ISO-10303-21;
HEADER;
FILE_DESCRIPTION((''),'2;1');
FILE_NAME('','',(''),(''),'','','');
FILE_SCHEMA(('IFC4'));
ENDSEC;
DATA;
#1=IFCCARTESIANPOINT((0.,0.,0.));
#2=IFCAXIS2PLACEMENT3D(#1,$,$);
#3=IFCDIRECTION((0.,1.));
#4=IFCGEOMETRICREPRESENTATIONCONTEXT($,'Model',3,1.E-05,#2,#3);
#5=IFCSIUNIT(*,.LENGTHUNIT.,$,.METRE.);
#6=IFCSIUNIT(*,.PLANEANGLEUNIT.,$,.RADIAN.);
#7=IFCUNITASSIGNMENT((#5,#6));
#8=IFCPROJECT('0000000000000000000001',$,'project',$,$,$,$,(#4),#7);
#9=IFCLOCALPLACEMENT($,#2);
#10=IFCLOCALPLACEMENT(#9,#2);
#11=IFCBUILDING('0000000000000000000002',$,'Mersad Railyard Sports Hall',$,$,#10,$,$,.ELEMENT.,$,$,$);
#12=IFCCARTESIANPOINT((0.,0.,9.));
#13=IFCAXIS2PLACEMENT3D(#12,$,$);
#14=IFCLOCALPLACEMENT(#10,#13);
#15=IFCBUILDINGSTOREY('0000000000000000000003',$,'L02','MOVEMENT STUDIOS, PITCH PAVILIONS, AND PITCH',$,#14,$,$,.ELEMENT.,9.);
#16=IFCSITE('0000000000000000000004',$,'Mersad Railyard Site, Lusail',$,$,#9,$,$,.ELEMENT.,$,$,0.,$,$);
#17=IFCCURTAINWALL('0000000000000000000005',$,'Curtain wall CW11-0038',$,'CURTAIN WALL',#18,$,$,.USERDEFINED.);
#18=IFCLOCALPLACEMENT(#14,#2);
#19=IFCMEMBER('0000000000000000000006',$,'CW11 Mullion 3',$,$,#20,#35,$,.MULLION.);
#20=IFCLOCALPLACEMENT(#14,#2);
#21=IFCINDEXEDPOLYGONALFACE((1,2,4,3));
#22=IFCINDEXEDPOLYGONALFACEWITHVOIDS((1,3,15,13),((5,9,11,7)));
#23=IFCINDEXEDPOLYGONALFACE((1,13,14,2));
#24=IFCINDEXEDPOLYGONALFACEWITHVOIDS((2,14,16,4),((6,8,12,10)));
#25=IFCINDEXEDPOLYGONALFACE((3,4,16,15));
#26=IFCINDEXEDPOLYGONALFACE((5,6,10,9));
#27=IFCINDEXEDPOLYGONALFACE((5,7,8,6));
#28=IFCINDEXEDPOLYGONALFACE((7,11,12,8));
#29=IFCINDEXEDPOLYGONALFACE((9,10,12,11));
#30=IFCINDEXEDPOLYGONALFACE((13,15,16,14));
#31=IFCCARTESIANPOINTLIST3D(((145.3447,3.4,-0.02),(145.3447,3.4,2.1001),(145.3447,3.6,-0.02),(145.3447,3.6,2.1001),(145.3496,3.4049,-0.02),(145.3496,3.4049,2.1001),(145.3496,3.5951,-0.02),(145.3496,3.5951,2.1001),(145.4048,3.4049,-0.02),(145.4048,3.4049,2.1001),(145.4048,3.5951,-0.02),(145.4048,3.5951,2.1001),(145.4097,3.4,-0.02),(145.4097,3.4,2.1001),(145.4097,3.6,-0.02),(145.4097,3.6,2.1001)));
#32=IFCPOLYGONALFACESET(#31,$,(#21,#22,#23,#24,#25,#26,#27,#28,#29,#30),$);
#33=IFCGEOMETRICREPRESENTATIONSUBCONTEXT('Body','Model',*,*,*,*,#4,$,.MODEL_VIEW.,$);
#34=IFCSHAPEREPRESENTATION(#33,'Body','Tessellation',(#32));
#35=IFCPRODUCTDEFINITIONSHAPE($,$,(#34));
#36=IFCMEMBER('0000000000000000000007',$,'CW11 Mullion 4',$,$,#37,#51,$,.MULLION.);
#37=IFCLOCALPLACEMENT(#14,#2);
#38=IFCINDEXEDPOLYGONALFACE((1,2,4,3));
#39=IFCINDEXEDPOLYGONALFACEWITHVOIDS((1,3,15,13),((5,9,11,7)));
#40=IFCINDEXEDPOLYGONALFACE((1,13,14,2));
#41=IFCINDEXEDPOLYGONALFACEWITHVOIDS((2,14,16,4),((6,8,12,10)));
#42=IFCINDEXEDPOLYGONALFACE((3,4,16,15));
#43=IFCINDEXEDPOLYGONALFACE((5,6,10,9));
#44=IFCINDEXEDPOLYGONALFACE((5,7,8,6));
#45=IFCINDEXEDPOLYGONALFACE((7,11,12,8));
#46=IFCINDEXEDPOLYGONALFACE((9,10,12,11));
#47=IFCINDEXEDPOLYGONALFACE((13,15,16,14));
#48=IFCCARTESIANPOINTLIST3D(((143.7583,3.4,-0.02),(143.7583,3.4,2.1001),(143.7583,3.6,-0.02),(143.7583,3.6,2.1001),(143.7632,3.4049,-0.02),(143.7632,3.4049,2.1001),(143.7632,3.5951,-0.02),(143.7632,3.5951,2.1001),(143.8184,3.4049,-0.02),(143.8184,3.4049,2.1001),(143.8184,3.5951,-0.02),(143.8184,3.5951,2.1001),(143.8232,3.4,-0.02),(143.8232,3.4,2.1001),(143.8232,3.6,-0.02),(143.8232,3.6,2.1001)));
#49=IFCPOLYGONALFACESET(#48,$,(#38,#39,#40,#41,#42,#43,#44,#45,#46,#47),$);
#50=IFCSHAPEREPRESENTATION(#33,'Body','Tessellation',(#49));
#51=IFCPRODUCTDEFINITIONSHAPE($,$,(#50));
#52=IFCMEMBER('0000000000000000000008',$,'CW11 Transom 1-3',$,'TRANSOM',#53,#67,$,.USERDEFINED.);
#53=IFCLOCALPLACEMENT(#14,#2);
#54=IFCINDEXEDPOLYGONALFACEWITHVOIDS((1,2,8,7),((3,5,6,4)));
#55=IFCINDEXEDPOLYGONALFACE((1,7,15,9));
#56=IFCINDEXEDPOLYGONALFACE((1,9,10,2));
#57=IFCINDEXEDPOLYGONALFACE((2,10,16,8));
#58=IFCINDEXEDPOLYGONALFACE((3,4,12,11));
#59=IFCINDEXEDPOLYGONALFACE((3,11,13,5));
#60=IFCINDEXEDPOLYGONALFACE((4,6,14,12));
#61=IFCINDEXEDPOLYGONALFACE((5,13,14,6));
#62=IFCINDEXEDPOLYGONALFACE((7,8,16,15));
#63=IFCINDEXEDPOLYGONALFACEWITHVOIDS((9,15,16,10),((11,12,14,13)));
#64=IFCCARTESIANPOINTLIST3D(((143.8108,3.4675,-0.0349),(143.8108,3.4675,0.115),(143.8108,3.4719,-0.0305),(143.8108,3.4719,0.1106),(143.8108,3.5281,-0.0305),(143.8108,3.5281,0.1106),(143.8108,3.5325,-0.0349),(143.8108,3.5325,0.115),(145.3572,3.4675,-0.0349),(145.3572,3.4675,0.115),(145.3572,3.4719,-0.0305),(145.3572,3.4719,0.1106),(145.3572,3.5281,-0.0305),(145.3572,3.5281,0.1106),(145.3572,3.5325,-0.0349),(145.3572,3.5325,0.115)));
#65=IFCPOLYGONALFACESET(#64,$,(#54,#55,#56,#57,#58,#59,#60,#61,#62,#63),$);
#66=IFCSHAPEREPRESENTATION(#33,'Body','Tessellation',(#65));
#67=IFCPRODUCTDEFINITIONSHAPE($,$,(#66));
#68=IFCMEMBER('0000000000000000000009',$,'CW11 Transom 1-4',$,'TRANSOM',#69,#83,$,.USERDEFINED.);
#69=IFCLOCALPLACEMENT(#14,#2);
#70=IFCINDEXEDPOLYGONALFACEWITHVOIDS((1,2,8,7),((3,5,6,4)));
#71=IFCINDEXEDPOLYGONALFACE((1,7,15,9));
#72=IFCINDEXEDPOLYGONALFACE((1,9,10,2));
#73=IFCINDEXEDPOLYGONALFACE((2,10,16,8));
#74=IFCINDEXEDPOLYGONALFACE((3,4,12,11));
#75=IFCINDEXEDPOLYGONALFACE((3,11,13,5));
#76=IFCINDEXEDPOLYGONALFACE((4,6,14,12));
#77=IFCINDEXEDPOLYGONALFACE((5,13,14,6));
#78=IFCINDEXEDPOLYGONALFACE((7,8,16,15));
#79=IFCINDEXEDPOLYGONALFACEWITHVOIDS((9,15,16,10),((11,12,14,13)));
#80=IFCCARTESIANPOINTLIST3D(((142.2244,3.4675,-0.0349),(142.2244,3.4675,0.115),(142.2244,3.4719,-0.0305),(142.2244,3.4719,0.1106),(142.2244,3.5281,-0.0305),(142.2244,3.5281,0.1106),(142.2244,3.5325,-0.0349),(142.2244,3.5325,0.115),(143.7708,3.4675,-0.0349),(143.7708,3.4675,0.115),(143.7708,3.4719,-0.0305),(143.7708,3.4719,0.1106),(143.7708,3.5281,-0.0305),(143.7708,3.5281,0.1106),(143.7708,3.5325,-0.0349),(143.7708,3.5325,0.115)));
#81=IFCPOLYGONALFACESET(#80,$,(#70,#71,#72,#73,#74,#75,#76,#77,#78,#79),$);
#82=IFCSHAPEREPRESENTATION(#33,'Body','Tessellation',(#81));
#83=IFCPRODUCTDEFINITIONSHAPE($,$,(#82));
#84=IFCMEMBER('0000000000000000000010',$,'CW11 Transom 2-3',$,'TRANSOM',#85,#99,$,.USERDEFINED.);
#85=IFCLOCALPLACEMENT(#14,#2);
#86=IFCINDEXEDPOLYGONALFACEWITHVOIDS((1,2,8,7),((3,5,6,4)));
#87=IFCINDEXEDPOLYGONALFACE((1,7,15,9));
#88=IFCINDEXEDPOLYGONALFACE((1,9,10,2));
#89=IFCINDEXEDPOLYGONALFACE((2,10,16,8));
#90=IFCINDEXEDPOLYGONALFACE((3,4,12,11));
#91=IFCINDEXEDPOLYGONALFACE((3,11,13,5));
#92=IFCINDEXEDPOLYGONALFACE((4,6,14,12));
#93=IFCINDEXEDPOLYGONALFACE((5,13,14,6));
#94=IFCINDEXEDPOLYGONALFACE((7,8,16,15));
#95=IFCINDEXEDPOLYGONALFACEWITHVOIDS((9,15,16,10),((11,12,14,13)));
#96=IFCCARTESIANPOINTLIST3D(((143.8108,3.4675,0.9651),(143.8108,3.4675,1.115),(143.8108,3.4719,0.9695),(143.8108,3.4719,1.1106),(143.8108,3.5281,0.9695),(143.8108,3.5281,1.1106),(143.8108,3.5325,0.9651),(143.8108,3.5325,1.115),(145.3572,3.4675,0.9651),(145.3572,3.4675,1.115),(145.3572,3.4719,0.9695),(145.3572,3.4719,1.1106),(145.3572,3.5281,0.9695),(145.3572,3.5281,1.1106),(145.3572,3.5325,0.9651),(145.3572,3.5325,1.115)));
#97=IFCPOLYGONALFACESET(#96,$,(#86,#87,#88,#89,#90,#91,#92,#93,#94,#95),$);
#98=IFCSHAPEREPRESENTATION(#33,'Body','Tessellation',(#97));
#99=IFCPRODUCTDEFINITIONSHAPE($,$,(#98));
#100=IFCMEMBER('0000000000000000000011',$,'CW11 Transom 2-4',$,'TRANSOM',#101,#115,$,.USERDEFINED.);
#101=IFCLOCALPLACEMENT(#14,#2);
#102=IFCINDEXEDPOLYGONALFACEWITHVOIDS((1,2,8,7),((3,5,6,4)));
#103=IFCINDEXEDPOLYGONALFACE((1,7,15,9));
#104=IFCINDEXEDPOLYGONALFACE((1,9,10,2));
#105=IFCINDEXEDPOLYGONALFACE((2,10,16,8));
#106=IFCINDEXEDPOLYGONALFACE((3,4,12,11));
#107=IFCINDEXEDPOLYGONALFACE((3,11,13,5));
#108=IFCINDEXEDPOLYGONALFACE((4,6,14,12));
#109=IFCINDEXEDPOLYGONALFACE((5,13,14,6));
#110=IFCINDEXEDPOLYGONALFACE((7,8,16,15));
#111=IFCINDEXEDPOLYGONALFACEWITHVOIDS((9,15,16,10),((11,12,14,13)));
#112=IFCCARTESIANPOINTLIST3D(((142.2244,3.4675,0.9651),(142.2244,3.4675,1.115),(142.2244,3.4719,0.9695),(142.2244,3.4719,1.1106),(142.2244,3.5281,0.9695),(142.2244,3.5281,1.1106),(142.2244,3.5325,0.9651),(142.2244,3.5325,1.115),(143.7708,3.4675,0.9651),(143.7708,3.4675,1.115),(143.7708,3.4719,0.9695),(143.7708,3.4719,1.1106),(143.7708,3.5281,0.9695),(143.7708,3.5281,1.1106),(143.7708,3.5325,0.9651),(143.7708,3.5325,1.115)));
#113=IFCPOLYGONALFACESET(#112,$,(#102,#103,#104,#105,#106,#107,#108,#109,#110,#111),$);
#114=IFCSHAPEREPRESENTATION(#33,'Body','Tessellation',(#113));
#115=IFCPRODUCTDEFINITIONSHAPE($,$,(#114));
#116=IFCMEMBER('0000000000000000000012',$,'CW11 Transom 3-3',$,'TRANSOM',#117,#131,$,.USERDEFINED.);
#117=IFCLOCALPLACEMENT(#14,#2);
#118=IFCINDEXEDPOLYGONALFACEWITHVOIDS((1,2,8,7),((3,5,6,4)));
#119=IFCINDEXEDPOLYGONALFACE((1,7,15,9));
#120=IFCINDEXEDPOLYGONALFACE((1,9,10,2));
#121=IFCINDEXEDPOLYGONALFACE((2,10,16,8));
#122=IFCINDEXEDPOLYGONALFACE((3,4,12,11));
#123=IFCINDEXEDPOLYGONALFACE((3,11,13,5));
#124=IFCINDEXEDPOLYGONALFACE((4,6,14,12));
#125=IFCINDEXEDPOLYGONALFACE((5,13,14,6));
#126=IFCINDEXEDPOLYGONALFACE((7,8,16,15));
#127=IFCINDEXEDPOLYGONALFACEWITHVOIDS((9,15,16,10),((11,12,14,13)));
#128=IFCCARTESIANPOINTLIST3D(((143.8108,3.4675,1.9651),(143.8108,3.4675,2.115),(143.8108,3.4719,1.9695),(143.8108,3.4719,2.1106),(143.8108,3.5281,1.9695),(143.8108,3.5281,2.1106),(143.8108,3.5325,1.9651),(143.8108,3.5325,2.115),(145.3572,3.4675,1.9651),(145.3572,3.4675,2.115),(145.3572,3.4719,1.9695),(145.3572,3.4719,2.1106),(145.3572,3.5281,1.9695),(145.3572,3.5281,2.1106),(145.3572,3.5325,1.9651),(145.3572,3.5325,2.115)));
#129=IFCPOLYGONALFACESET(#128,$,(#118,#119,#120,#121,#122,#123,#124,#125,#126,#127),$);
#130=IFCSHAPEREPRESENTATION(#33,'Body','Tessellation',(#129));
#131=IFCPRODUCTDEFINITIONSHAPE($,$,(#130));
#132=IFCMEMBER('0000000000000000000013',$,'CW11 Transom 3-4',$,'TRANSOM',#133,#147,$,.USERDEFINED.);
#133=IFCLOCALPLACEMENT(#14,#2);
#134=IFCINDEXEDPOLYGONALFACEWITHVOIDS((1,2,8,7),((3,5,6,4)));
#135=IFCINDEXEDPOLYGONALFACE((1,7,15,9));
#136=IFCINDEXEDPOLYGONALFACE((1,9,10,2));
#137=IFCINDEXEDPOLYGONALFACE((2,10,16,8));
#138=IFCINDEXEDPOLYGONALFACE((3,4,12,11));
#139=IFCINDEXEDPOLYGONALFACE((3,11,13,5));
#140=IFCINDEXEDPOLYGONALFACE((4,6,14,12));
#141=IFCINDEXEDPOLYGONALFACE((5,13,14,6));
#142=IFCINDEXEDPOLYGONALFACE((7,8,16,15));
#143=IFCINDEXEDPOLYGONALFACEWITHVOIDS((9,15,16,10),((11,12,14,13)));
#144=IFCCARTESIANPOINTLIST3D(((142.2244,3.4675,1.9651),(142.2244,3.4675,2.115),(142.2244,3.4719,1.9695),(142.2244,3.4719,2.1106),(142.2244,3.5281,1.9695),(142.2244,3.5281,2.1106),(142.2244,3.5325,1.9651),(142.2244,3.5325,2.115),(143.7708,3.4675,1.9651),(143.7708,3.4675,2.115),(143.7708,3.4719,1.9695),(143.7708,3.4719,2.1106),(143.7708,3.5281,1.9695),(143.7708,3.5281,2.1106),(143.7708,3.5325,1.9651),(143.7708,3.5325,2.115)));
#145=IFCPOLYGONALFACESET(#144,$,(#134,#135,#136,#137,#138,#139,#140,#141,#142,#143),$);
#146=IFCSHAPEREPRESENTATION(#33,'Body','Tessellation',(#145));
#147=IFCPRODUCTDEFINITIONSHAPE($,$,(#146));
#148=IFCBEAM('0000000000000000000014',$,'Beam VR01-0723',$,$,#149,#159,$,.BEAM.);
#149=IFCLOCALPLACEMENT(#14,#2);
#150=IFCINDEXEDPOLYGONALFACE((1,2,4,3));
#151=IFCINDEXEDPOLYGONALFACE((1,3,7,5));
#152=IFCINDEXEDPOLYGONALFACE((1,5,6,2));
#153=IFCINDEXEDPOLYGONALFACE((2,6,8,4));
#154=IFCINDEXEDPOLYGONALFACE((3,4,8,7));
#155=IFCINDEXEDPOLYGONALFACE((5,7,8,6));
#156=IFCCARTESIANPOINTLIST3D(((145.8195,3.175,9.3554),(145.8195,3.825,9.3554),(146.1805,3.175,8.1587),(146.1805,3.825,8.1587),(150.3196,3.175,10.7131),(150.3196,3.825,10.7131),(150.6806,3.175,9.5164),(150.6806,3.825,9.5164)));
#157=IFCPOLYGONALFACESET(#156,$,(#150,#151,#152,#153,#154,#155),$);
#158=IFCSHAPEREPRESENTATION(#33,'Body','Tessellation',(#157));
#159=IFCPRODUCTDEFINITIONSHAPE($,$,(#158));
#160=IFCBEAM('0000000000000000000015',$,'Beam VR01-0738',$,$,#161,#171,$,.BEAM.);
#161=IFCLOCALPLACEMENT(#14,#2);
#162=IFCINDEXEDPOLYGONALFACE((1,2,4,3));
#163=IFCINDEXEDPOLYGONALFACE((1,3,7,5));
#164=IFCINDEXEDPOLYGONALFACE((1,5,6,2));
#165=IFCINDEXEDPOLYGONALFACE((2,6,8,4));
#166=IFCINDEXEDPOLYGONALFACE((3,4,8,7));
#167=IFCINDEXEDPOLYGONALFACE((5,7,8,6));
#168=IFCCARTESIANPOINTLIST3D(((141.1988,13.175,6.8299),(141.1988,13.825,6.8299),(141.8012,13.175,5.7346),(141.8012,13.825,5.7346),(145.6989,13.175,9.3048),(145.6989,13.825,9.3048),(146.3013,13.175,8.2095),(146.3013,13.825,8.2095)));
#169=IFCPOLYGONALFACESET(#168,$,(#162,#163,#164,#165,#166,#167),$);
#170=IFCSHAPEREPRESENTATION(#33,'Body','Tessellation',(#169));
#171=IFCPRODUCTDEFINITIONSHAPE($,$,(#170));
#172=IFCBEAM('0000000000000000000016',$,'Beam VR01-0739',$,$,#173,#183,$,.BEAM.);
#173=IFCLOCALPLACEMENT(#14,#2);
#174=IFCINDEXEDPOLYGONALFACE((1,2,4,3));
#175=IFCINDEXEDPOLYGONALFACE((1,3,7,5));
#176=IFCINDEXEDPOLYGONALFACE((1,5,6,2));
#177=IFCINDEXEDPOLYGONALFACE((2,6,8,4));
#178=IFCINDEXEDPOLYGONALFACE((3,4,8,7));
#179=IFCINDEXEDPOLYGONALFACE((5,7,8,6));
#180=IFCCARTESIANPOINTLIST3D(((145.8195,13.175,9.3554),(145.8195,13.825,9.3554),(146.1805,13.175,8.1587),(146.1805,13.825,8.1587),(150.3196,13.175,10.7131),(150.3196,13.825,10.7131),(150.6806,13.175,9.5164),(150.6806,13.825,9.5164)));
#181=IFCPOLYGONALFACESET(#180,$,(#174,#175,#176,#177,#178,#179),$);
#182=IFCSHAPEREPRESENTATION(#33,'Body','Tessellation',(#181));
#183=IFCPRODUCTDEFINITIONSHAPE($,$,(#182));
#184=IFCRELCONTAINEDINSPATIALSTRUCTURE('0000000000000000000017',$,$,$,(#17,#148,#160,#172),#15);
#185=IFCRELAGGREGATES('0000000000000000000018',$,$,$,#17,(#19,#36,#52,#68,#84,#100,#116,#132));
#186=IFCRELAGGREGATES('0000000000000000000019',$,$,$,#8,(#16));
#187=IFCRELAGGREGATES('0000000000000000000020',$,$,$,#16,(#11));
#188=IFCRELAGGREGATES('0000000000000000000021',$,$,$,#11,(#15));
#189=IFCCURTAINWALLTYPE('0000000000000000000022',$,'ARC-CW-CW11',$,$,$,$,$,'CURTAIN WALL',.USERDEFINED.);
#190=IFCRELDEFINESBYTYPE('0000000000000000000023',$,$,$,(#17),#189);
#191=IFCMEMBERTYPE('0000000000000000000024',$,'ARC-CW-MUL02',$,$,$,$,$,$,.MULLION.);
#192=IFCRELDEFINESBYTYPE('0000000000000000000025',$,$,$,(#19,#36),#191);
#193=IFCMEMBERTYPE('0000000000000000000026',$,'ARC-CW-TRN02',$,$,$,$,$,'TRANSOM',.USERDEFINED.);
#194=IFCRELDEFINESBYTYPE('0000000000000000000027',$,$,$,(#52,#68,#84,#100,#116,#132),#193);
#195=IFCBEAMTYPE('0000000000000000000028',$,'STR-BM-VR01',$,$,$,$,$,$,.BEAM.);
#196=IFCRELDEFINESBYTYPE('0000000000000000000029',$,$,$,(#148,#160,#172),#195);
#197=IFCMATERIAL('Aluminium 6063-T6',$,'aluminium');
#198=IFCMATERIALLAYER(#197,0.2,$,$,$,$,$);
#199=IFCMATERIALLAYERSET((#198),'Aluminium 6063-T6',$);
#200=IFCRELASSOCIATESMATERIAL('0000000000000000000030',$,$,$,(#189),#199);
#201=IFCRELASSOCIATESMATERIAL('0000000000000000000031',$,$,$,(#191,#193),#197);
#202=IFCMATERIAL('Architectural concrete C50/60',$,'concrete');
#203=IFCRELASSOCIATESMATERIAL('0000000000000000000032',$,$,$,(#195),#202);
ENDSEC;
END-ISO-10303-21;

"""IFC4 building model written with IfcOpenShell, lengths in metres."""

from ifc_helpers import new_model, si_unit, direction, frame, origin, origin_2d, place, context, subcontext, project, spatial, rectangle, hollow_rectangle, extrude, material, layer, layer_set, material_profile, profile_set, type_object, element, aggregate, save


model = new_model("IFC4")

# Units and contexts
model_context = context("Model", 3, precision=1e-05, world=origin(), true_north=direction((0.0, 1.0)))
body_context = subcontext(model_context, "Body", "Model", "MODEL_VIEW")
ifc_project = project(units=[si_unit("LENGTHUNIT", "METRE"), si_unit("PLANEANGLEUNIT", "RADIAN")], contexts=[model_context])

# Site, building, storey
site_placement = place(None, origin())
site = spatial("IfcSite", under=ifc_project, at=site_placement, Name="Mersad Railyard Site, Lusail", CompositionType="ELEMENT", RefElevation=0.0)
building_placement = place(site_placement, origin())
building = spatial("IfcBuilding", under=site, at=building_placement, Name="Mersad Railyard Sports Hall", CompositionType="ELEMENT")
storey_placement = place(building_placement, frame((0.0, 0.0, 9.0)))
storey = spatial("IfcBuildingStorey", under=building, at=storey_placement, Name="L02", Description="MOVEMENT STUDIOS, PITCH PAVILIONS, AND PITCH", CompositionType="ELEMENT", Elevation=9.0)

# Curtain wall, members
ifc_material_1 = material(Name="Aluminium 6063-T6", Category="aluminium")
ifc_layer_1 = layer(ifc_material_1, 0.2)
ifc_layer_set_1 = layer_set([ifc_layer_1], Name="Aluminium 6063-T6")
curtain_wall_type = type_object("IfcCurtainWallType", Name="ARC-CW-CW11", ElementType="CURTAIN WALL", PredefinedType="USERDEFINED", material=ifc_layer_set_1)
curtain_wall_placement = place(storey_placement, origin())
curtain_wall = element("IfcCurtainWall", 1, at=curtain_wall_placement, inside=storey, type_object=curtain_wall_type, Name="Curtain wall CW11-0038", ObjectType="CURTAIN WALL", PredefinedType="USERDEFINED")
ifc_material_profile_1 = material_profile(ifc_material_1, hollow_rectangle(XDim=0.0649, YDim=0.2, WallThickness=0.0049, at=origin_2d()), Name="AL MULLION 65x200x5")
ifc_profile_set_1 = profile_set([ifc_material_profile_1], Name="Aluminium 6063-T6")
member_type_1 = type_object("IfcMemberType", Name="ARC-CW-MUL02", PredefinedType="MULLION", material=ifc_profile_set_1)
member_1_placement = place(storey_placement, frame((145.3772, 3.5, -0.02), z_axis=(0.0, 0.0, 1.0), x_axis=(1.0, 0.0, 0.0)))
member_1 = element("IfcMember", 2, at=member_1_placement, type_object=member_type_1, Name="CW11 Mullion 3", PredefinedType="MULLION", context=body_context, shape_type="SweptSolid", body=[
    extrude(hollow_rectangle(XDim=0.0649, YDim=0.2, WallThickness=0.0049, at=origin_2d()), origin(), (0.0, 0.0, 1.0), 2.1201),
])
member_2_placement = place(storey_placement, frame((143.7908, 3.5, -0.02), z_axis=(0.0, 0.0, 1.0), x_axis=(1.0, 0.0, 0.0)))
member_2 = element("IfcMember", 3, at=member_2_placement, type_object=member_type_1, Name="CW11 Mullion 4", PredefinedType="MULLION", context=body_context, shape_type="SweptSolid", body=[
    extrude(hollow_rectangle(XDim=0.0649, YDim=0.2, WallThickness=0.0049, at=origin_2d()), origin(), (0.0, 0.0, 1.0), 2.1201),
])
ifc_material_profile_2 = material_profile(ifc_material_1, hollow_rectangle(XDim=0.0649, YDim=0.1499, WallThickness=0.0044, at=origin_2d()), Name="AL TRANSOM 65x150x4.5")
ifc_profile_set_2 = profile_set([ifc_material_profile_2], Name="Aluminium 6063-T6")
member_type_2 = type_object("IfcMemberType", Name="ARC-CW-TRN02", ElementType="TRANSOM", PredefinedType="USERDEFINED", material=ifc_profile_set_2)
member_3_placement = place(storey_placement, frame((145.3572, 3.5, 0.04), z_axis=(-1.0, 0.0, 0.0), x_axis=(0.0, -1.0, 0.0)))
member_3 = element("IfcMember", 4, at=member_3_placement, type_object=member_type_2, Name="CW11 Transom 1-3", ObjectType="TRANSOM", PredefinedType="USERDEFINED", context=body_context, shape_type="SweptSolid", body=[
    extrude(hollow_rectangle(XDim=0.0649, YDim=0.1499, WallThickness=0.0044, at=origin_2d()), origin(), (0.0, 0.0, 1.0), 1.5464),
])
member_4_placement = place(storey_placement, frame((143.7708, 3.5, 0.04), z_axis=(-1.0, 0.0, 0.0), x_axis=(0.0, -1.0, 0.0)))
member_4 = element("IfcMember", 5, at=member_4_placement, type_object=member_type_2, Name="CW11 Transom 1-4", ObjectType="TRANSOM", PredefinedType="USERDEFINED", context=body_context, shape_type="SweptSolid", body=[
    extrude(hollow_rectangle(XDim=0.0649, YDim=0.1499, WallThickness=0.0044, at=origin_2d()), origin(), (0.0, 0.0, 1.0), 1.5464),
])
member_5_placement = place(storey_placement, frame((145.3572, 3.5, 1.04), z_axis=(-1.0, 0.0, 0.0), x_axis=(0.0, -1.0, 0.0)))
member_5 = element("IfcMember", 6, at=member_5_placement, type_object=member_type_2, Name="CW11 Transom 2-3", ObjectType="TRANSOM", PredefinedType="USERDEFINED", context=body_context, shape_type="SweptSolid", body=[
    extrude(hollow_rectangle(XDim=0.0649, YDim=0.1499, WallThickness=0.0044, at=origin_2d()), origin(), (0.0, 0.0, 1.0), 1.5464),
])
member_6_placement = place(storey_placement, frame((143.7708, 3.5, 1.04), z_axis=(-1.0, 0.0, 0.0), x_axis=(0.0, -1.0, 0.0)))
member_6 = element("IfcMember", 7, at=member_6_placement, type_object=member_type_2, Name="CW11 Transom 2-4", ObjectType="TRANSOM", PredefinedType="USERDEFINED", context=body_context, shape_type="SweptSolid", body=[
    extrude(hollow_rectangle(XDim=0.0649, YDim=0.1499, WallThickness=0.0044, at=origin_2d()), origin(), (0.0, 0.0, 1.0), 1.5464),
])
member_7_placement = place(storey_placement, frame((145.3572, 3.5, 2.04), z_axis=(-1.0, 0.0, 0.0), x_axis=(0.0, -1.0, 0.0)))
member_7 = element("IfcMember", 8, at=member_7_placement, type_object=member_type_2, Name="CW11 Transom 3-3", ObjectType="TRANSOM", PredefinedType="USERDEFINED", context=body_context, shape_type="SweptSolid", body=[
    extrude(hollow_rectangle(XDim=0.0649, YDim=0.1499, WallThickness=0.0044, at=origin_2d()), origin(), (0.0, 0.0, 1.0), 1.5464),
])
member_8_placement = place(storey_placement, frame((143.7708, 3.5, 2.04), z_axis=(-1.0, 0.0, 0.0), x_axis=(0.0, -1.0, 0.0)))
member_8 = element("IfcMember", 9, at=member_8_placement, type_object=member_type_2, Name="CW11 Transom 3-4", ObjectType="TRANSOM", PredefinedType="USERDEFINED", context=body_context, shape_type="SweptSolid", body=[
    extrude(hollow_rectangle(XDim=0.0649, YDim=0.1499, WallThickness=0.0044, at=origin_2d()), origin(), (0.0, 0.0, 1.0), 1.5464),
])

# Beams
ifc_material_2 = material(Name="Architectural concrete C50/60", Category="concrete")
ifc_material_profile_3 = material_profile(ifc_material_2, rectangle(XDim=0.6499, YDim=1.25, at=origin_2d()), Name="VR 650x1250")
ifc_profile_set_3 = profile_set([ifc_material_profile_3], Name="Architectural concrete C50/60")
beam_type_1 = type_object("IfcBeamType", Name="STR-BM-VR01", PredefinedType="BEAM", material=ifc_profile_set_3)
beam_1_placement = place(storey_placement, frame((146.0, 3.5, 8.7571), z_axis=(0.957376, 0.0, 0.288844), x_axis=(0.0, 1.0, 0.0)))
element("IfcBeam", 10, at=beam_1_placement, inside=storey, type_object=beam_type_1, Name="Beam VR01-0723", PredefinedType="BEAM", context=body_context, shape_type="SweptSolid", body=[
    extrude(rectangle(XDim=0.6499, YDim=1.25, at=origin_2d()), origin(), (0.0, 0.0, 1.0), 4.7004),
])
beam_2_placement = place(storey_placement, frame((141.5, 13.5, 6.2822), z_axis=(0.876228, 0.0, 0.481897), x_axis=(0.0, 1.0, 0.0)))
element("IfcBeam", 11, at=beam_2_placement, inside=storey, type_object=beam_type_1, Name="Beam VR01-0738", PredefinedType="BEAM", context=body_context, shape_type="SweptSolid", body=[
    extrude(rectangle(XDim=0.6499, YDim=1.25, at=origin_2d()), origin(), (0.0, 0.0, 1.0), 5.1357),
])
beam_3_placement = place(storey_placement, frame((146.0, 13.5, 8.7571), z_axis=(0.957376, 0.0, 0.288844), x_axis=(0.0, 1.0, 0.0)))
element("IfcBeam", 12, at=beam_3_placement, inside=storey, type_object=beam_type_1, Name="Beam VR01-0739", PredefinedType="BEAM", context=body_context, shape_type="SweptSolid", body=[
    extrude(rectangle(XDim=0.6499, YDim=1.25, at=origin_2d()), origin(), (0.0, 0.0, 1.0), 4.7004),
])

aggregate(curtain_wall, [member_1, member_2, member_3, member_4, member_5, member_6, member_7, member_8])

save(model, "model.ifc")
